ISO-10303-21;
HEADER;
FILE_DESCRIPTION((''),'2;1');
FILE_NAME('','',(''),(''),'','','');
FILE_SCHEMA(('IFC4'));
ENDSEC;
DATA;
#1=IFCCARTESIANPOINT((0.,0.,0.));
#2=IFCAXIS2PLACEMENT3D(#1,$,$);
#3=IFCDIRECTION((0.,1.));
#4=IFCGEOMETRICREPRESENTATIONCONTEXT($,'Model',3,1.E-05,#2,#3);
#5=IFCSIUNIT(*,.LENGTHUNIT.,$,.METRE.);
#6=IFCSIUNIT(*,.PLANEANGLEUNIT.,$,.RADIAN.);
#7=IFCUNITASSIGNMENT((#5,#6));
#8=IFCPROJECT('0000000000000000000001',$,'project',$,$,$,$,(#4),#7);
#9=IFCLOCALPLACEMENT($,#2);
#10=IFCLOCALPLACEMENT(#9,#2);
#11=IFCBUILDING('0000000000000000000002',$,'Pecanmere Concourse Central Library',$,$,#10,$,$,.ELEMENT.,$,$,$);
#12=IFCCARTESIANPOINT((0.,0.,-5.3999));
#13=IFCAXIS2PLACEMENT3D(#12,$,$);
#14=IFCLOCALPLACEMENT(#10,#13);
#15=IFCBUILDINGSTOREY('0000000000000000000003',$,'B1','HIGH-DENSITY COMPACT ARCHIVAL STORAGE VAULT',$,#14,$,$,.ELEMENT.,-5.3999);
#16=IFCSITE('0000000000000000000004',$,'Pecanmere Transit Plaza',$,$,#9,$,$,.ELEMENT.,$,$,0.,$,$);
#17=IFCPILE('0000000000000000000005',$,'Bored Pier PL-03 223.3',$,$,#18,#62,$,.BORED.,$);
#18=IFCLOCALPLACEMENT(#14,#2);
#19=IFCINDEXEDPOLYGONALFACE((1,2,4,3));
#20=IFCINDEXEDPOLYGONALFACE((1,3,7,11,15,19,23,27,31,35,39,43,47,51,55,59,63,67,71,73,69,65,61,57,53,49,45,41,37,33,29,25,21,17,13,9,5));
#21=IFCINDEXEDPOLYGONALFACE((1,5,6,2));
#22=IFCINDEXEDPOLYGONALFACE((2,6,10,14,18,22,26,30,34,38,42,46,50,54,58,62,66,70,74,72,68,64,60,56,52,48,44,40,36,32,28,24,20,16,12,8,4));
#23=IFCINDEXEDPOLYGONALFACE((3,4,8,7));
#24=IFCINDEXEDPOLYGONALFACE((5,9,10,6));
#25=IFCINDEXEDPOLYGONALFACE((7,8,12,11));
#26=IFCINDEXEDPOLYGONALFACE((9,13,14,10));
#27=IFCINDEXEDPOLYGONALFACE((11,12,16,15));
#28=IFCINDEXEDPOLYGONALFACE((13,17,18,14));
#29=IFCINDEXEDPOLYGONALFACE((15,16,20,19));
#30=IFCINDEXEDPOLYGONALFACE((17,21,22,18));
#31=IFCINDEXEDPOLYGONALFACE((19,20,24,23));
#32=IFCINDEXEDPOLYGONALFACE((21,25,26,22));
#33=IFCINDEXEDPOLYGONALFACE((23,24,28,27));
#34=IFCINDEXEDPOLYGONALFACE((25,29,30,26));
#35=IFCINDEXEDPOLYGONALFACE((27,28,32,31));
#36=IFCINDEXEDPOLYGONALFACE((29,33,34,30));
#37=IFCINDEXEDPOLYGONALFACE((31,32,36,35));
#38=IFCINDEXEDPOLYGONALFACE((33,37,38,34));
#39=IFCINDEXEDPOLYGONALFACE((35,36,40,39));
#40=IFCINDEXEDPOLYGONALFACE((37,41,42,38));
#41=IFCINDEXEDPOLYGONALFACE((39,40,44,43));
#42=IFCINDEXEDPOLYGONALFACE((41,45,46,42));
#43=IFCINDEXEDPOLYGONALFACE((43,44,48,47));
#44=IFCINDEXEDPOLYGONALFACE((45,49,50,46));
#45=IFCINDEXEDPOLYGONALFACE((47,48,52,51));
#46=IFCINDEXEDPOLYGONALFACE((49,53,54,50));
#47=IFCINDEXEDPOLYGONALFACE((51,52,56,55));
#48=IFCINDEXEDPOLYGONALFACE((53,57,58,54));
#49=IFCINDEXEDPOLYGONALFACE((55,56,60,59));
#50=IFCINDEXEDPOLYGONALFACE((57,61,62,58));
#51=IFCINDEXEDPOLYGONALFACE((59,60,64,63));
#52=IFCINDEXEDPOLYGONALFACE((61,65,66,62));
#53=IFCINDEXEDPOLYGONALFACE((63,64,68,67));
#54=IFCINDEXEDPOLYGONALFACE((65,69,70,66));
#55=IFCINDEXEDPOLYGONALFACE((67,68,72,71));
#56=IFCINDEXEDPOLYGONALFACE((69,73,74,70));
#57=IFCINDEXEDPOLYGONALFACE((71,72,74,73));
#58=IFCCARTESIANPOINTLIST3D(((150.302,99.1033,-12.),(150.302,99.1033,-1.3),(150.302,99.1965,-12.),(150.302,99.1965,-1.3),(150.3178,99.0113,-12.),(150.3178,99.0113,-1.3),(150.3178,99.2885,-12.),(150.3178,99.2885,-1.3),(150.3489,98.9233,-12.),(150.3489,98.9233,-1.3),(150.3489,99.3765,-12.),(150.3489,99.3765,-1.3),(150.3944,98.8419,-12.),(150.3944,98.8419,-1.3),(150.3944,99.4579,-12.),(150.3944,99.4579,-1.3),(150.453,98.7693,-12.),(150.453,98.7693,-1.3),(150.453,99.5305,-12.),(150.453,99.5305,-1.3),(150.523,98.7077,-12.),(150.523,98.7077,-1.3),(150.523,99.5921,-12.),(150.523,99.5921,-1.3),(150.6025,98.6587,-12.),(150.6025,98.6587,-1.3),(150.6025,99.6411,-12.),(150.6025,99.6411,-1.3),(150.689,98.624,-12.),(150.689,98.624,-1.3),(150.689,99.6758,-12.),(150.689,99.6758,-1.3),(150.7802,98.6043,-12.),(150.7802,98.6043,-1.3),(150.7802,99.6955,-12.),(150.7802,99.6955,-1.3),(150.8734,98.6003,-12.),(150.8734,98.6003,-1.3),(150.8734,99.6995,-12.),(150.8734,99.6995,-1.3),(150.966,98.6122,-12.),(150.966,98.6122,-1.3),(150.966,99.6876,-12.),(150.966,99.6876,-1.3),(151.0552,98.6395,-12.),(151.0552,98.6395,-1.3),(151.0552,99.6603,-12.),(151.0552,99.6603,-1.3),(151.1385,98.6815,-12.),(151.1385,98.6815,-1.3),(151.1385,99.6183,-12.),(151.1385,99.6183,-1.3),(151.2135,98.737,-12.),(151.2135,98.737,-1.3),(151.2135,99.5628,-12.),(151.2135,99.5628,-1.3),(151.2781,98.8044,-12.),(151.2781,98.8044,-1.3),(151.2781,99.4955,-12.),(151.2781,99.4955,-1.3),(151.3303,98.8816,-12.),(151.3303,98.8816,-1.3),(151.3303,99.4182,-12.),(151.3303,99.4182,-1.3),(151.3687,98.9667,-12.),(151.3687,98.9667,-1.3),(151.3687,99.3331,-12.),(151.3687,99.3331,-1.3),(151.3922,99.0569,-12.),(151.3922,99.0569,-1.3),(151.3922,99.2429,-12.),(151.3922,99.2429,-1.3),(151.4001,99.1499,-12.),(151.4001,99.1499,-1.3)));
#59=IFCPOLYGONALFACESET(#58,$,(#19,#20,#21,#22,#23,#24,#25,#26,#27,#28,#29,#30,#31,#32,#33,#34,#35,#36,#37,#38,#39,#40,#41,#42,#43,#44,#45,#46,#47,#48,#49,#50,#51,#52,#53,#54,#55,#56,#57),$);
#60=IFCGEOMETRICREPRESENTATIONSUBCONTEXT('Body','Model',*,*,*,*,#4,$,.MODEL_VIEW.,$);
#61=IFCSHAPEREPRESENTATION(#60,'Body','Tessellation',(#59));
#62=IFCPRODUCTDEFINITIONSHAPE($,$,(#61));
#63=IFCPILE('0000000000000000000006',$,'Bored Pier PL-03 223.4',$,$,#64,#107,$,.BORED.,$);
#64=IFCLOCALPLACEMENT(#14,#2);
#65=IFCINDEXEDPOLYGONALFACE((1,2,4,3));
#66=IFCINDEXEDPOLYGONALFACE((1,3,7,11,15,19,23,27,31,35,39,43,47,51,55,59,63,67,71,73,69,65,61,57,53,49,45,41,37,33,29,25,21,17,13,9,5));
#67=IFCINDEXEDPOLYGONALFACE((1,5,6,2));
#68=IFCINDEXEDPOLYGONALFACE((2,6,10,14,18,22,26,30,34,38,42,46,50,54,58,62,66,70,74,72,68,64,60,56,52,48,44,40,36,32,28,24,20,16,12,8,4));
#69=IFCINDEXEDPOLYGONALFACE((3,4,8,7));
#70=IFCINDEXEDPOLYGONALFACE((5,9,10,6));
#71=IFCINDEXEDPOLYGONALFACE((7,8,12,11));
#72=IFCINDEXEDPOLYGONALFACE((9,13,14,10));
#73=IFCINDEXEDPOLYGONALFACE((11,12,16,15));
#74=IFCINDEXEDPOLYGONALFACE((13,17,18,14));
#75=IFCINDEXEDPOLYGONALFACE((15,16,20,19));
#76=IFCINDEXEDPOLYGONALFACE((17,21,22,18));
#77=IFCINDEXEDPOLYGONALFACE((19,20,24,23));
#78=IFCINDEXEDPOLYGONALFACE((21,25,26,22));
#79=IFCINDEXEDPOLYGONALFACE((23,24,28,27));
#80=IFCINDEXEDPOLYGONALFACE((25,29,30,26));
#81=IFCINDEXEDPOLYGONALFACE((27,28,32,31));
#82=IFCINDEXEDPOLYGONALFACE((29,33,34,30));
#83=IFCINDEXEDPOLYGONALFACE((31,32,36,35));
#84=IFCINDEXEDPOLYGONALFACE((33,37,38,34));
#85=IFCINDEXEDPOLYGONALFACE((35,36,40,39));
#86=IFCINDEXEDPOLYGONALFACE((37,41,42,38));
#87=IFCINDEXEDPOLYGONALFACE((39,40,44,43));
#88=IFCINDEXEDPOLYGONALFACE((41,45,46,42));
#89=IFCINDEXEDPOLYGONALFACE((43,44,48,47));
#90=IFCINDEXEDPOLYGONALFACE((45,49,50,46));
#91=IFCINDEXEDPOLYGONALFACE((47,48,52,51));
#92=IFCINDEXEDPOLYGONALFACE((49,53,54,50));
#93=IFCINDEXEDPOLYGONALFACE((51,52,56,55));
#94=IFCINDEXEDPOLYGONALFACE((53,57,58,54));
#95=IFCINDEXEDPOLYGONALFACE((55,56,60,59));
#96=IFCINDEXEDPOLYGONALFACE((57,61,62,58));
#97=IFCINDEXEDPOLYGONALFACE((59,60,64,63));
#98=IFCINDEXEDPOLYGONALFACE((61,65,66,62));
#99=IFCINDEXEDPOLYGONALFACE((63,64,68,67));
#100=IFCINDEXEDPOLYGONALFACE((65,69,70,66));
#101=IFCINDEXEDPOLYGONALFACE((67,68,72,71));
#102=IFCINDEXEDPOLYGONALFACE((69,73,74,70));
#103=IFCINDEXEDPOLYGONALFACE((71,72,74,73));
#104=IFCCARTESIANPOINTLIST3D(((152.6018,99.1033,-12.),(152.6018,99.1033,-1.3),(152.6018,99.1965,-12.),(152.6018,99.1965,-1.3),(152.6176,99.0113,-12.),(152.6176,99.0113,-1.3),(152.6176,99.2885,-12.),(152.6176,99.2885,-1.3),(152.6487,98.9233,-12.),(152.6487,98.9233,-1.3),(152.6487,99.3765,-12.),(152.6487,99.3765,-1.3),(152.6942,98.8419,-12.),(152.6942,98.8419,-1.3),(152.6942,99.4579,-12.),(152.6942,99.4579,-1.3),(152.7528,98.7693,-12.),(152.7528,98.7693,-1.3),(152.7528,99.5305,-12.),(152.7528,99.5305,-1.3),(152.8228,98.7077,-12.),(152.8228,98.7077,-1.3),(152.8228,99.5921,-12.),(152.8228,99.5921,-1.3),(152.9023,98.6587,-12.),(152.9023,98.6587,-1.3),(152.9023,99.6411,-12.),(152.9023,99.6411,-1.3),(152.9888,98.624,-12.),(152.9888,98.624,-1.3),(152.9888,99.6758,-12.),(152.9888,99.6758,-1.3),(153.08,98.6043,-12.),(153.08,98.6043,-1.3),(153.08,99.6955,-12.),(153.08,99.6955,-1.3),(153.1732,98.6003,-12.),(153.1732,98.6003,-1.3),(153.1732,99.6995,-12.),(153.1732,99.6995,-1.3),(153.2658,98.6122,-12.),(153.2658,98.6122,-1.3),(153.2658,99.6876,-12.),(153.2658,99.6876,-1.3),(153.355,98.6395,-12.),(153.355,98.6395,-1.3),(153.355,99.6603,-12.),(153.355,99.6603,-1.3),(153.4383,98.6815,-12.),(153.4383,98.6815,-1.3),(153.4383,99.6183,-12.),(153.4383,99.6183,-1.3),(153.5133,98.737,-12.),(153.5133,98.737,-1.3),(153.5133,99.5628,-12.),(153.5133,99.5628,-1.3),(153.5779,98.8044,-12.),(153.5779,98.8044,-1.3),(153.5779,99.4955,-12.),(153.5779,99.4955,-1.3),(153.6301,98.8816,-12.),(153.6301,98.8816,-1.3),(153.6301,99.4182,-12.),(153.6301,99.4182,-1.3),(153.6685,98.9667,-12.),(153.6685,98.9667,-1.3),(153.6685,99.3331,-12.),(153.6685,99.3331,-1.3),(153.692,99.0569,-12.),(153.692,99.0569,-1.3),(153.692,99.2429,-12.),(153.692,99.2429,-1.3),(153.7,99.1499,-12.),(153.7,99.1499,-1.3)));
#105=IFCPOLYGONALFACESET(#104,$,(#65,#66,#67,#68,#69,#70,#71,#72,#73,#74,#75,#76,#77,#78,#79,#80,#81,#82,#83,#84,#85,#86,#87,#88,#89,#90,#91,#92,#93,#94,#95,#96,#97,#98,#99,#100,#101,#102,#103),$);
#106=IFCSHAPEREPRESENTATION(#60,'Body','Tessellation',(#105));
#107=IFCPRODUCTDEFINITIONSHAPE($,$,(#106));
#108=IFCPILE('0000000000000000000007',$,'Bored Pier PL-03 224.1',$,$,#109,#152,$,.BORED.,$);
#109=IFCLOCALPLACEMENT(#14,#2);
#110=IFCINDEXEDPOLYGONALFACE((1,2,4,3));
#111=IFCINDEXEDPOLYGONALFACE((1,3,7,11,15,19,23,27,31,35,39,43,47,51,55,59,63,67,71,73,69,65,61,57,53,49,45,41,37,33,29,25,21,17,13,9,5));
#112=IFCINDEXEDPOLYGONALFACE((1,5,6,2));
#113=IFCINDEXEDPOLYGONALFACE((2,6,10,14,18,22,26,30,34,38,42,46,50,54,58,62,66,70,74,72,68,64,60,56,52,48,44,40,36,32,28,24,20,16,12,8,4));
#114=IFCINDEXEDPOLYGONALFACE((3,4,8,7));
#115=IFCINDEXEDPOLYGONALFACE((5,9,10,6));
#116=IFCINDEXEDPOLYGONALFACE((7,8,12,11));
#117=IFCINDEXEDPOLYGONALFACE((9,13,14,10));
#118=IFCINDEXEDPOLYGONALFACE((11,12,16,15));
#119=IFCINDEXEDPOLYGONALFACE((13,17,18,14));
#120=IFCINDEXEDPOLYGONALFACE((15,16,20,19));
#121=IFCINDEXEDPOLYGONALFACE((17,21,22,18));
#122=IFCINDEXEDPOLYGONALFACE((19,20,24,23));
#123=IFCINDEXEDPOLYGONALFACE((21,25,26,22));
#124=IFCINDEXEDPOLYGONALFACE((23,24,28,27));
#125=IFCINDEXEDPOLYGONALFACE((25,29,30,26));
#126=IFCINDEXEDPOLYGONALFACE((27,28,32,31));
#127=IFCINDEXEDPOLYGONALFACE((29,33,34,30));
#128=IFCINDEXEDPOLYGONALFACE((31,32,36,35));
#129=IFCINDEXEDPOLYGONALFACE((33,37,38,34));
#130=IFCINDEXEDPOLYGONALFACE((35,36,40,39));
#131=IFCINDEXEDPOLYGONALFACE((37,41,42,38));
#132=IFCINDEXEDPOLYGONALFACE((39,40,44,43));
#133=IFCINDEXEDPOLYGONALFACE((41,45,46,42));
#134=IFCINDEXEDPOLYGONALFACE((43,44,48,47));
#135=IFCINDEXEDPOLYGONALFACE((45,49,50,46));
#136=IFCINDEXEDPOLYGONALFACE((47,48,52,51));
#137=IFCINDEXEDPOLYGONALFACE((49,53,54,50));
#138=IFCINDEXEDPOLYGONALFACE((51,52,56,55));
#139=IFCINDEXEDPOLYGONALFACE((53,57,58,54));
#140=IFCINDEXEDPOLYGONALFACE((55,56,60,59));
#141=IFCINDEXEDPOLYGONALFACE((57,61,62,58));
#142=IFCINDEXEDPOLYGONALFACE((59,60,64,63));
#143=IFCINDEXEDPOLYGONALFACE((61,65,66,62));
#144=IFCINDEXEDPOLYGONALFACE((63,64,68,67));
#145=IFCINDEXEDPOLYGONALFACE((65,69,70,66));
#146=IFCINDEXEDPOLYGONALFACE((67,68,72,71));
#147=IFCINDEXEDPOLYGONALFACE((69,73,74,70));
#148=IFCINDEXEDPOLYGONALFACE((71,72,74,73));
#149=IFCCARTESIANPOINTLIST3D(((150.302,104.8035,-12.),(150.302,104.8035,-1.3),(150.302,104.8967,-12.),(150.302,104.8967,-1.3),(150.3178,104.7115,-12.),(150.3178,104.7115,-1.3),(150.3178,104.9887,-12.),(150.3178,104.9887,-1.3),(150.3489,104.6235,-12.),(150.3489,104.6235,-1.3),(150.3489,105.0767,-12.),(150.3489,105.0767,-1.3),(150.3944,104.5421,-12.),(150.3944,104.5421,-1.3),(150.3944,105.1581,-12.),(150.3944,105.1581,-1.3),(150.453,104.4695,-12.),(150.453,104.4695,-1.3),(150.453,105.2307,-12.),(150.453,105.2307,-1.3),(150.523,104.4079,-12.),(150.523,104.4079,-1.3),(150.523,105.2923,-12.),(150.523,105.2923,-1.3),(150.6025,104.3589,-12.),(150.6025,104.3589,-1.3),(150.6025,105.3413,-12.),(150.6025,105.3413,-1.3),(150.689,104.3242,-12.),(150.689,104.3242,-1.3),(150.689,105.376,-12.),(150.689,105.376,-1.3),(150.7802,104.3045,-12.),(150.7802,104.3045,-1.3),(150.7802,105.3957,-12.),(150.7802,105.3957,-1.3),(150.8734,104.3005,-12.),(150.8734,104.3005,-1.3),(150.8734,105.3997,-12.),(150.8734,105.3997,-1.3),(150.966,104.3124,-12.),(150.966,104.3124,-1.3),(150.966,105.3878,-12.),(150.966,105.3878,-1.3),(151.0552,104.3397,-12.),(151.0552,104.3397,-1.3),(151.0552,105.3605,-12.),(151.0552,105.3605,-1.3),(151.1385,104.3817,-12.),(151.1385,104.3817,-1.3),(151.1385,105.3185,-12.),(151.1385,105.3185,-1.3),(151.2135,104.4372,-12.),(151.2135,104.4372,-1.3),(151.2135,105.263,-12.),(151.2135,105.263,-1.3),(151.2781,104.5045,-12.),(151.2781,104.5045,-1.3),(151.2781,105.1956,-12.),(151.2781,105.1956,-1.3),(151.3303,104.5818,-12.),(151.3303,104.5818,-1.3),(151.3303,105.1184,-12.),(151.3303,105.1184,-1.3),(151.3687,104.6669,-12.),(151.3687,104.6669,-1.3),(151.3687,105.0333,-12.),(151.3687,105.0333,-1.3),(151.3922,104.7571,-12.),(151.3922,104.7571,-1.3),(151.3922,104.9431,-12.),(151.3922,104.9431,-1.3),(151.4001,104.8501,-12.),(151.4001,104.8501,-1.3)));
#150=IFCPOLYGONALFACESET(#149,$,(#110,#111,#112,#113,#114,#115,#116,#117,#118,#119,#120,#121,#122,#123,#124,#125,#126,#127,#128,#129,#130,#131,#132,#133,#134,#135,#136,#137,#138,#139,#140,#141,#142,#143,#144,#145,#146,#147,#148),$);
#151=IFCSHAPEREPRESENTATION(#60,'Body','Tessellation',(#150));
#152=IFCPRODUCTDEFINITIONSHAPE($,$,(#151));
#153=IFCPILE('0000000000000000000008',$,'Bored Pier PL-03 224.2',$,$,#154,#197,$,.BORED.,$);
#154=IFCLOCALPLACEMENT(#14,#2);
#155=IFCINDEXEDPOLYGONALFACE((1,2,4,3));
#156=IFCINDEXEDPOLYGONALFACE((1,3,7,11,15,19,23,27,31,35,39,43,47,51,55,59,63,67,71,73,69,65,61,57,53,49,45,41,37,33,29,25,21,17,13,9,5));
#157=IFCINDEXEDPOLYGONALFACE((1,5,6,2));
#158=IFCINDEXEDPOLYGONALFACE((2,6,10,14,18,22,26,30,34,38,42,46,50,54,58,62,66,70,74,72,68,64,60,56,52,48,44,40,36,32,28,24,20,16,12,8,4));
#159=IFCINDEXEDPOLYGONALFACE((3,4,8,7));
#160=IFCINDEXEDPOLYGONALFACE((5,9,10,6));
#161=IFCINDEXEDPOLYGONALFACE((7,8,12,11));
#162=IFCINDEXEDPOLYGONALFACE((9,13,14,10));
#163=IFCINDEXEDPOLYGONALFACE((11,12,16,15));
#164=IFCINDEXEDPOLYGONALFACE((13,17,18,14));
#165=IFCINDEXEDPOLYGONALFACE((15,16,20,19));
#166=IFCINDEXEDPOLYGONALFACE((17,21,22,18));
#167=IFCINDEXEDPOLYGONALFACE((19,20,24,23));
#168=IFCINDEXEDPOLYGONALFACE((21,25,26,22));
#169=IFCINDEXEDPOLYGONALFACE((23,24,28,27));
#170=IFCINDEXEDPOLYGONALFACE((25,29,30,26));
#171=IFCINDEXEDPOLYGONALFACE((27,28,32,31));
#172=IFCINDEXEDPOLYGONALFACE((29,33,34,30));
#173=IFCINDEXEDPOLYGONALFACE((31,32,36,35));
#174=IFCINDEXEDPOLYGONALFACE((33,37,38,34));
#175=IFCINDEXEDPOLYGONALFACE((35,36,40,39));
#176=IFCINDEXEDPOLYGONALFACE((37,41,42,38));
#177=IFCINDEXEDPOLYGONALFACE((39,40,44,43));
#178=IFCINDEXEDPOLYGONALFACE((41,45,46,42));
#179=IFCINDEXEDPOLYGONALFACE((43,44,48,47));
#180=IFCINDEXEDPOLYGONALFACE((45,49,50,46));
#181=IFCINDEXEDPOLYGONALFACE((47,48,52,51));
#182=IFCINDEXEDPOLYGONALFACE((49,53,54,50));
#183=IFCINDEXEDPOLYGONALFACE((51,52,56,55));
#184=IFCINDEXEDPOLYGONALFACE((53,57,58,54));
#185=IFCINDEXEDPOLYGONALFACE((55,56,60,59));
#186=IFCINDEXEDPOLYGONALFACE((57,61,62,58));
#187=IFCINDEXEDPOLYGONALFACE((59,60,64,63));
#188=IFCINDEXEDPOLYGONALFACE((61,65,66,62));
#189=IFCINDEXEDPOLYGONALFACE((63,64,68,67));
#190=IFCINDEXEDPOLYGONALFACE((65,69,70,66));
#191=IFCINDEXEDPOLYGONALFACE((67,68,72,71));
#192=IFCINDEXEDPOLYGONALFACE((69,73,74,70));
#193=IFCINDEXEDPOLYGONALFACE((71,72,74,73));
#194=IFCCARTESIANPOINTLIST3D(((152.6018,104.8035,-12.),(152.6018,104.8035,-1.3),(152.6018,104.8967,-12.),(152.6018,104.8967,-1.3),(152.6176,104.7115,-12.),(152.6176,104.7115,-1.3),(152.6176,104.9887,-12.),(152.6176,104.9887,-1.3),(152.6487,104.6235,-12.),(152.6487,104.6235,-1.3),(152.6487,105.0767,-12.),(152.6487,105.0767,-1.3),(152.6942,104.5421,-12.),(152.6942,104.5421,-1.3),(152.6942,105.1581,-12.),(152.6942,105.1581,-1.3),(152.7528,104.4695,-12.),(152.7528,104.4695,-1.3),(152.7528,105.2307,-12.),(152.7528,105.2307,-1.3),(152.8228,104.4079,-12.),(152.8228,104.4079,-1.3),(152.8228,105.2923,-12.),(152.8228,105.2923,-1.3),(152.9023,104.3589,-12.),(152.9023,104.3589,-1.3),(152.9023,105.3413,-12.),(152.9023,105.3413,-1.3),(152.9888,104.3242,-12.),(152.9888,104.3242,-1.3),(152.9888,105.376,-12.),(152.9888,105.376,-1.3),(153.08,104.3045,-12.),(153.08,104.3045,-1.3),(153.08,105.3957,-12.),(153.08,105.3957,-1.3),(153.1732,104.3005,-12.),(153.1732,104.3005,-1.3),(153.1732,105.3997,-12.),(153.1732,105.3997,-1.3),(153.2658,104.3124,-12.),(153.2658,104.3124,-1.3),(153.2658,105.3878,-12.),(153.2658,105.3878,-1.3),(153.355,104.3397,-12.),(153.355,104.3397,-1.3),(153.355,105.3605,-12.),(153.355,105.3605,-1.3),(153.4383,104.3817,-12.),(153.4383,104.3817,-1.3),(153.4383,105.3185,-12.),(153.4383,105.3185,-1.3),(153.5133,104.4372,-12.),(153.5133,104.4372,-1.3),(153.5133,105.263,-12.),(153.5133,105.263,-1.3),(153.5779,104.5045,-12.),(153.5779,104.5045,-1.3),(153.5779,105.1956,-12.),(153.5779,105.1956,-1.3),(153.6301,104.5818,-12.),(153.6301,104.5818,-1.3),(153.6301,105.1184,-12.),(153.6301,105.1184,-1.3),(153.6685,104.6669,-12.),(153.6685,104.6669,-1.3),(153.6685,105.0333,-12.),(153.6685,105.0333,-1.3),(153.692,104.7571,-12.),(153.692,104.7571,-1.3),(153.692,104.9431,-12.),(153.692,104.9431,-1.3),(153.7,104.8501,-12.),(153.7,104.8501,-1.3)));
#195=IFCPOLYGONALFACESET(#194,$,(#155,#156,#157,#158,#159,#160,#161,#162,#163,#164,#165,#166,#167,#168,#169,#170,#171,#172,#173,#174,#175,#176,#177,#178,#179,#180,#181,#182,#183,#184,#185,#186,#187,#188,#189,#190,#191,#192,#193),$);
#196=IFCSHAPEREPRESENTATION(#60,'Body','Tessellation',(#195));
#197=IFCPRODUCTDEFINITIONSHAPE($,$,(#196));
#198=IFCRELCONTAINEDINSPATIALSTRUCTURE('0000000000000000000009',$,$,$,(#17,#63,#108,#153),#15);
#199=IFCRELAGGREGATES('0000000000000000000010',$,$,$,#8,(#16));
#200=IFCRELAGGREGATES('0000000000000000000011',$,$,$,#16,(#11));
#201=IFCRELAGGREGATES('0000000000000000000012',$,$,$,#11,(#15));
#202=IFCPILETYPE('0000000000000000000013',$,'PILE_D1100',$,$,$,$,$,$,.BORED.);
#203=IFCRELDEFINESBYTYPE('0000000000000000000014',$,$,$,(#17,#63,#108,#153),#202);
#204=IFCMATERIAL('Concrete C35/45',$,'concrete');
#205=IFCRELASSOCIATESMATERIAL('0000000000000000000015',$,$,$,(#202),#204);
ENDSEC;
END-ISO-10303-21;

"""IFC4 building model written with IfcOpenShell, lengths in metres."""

from ifc_helpers import new_model, si_unit, direction, frame, origin, origin_2d, place, context, subcontext, project, spatial, circle, extrude, material, material_profile, profile_set, type_object, element, save


model = new_model("IFC4")

# Units and contexts
model_context = context("Model", 3, precision=1e-05, world=origin(), true_north=direction((0.0, 1.0)))
body_context = subcontext(model_context, "Body", "Model", "MODEL_VIEW")
ifc_project = project(units=[si_unit("LENGTHUNIT", "METRE"), si_unit("PLANEANGLEUNIT", "RADIAN")], contexts=[model_context])

# Site, building, storey
site_placement = place(None, origin())
site = spatial("IfcSite", under=ifc_project, at=site_placement, Name="Pecanmere Transit Plaza", CompositionType="ELEMENT", RefElevation=0.0)
building_placement = place(site_placement, origin())
building = spatial("IfcBuilding", under=site, at=building_placement, Name="Pecanmere Concourse Central Library", CompositionType="ELEMENT")
storey_placement = place(building_placement, frame((0.0, 0.0, -5.3999)))
storey = spatial("IfcBuildingStorey", under=building, at=storey_placement, Name="B1", Description="HIGH-DENSITY COMPACT ARCHIVAL STORAGE VAULT", CompositionType="ELEMENT", Elevation=-5.3999)

# Piles
ifc_material_1 = material(Name="Concrete C35/45", Category="concrete")
ifc_material_profile_1 = material_profile(ifc_material_1, circle(Radius=0.55, at=origin_2d()), Name="PIER D1100")
ifc_profile_set_1 = profile_set([ifc_material_profile_1], Name="Concrete C35/45")
pile_type_1 = type_object("IfcPileType", Name="PILE_D1100", PredefinedType="BORED", material=ifc_profile_set_1)
for number, where, z_axis, x_axis, name in (
    (1, (150.8501, 99.1499, -1.3), (0.0, 0.0, -1.0), (1.0, 0.0, 0.0), "Bored Pier PL-03 223.3"),
    (2, (153.1499, 99.1499, -1.3), (0.0, 0.0, -1.0), (1.0, 0.0, 0.0), "Bored Pier PL-03 223.4"),
    (3, (150.8501, 104.8501, -1.3), (0.0, 0.0, -1.0), (1.0, 0.0, 0.0), "Bored Pier PL-03 224.1"),
    (4, (153.1499, 104.8501, -1.3), (0.0, 0.0, -1.0), (1.0, 0.0, 0.0), "Bored Pier PL-03 224.2"),
):
    element("IfcPile", number, at=place(storey_placement, frame(where, z_axis=z_axis, x_axis=x_axis)), inside=storey, type_object=pile_type_1, Name=name, PredefinedType="BORED", context=body_context, shape_type="SweptSolid", body=[
        extrude(circle(Radius=0.55, at=origin_2d()), origin(), (0.0, 0.0, 1.0), 10.7),
    ])

save(model, "model.ifc")
